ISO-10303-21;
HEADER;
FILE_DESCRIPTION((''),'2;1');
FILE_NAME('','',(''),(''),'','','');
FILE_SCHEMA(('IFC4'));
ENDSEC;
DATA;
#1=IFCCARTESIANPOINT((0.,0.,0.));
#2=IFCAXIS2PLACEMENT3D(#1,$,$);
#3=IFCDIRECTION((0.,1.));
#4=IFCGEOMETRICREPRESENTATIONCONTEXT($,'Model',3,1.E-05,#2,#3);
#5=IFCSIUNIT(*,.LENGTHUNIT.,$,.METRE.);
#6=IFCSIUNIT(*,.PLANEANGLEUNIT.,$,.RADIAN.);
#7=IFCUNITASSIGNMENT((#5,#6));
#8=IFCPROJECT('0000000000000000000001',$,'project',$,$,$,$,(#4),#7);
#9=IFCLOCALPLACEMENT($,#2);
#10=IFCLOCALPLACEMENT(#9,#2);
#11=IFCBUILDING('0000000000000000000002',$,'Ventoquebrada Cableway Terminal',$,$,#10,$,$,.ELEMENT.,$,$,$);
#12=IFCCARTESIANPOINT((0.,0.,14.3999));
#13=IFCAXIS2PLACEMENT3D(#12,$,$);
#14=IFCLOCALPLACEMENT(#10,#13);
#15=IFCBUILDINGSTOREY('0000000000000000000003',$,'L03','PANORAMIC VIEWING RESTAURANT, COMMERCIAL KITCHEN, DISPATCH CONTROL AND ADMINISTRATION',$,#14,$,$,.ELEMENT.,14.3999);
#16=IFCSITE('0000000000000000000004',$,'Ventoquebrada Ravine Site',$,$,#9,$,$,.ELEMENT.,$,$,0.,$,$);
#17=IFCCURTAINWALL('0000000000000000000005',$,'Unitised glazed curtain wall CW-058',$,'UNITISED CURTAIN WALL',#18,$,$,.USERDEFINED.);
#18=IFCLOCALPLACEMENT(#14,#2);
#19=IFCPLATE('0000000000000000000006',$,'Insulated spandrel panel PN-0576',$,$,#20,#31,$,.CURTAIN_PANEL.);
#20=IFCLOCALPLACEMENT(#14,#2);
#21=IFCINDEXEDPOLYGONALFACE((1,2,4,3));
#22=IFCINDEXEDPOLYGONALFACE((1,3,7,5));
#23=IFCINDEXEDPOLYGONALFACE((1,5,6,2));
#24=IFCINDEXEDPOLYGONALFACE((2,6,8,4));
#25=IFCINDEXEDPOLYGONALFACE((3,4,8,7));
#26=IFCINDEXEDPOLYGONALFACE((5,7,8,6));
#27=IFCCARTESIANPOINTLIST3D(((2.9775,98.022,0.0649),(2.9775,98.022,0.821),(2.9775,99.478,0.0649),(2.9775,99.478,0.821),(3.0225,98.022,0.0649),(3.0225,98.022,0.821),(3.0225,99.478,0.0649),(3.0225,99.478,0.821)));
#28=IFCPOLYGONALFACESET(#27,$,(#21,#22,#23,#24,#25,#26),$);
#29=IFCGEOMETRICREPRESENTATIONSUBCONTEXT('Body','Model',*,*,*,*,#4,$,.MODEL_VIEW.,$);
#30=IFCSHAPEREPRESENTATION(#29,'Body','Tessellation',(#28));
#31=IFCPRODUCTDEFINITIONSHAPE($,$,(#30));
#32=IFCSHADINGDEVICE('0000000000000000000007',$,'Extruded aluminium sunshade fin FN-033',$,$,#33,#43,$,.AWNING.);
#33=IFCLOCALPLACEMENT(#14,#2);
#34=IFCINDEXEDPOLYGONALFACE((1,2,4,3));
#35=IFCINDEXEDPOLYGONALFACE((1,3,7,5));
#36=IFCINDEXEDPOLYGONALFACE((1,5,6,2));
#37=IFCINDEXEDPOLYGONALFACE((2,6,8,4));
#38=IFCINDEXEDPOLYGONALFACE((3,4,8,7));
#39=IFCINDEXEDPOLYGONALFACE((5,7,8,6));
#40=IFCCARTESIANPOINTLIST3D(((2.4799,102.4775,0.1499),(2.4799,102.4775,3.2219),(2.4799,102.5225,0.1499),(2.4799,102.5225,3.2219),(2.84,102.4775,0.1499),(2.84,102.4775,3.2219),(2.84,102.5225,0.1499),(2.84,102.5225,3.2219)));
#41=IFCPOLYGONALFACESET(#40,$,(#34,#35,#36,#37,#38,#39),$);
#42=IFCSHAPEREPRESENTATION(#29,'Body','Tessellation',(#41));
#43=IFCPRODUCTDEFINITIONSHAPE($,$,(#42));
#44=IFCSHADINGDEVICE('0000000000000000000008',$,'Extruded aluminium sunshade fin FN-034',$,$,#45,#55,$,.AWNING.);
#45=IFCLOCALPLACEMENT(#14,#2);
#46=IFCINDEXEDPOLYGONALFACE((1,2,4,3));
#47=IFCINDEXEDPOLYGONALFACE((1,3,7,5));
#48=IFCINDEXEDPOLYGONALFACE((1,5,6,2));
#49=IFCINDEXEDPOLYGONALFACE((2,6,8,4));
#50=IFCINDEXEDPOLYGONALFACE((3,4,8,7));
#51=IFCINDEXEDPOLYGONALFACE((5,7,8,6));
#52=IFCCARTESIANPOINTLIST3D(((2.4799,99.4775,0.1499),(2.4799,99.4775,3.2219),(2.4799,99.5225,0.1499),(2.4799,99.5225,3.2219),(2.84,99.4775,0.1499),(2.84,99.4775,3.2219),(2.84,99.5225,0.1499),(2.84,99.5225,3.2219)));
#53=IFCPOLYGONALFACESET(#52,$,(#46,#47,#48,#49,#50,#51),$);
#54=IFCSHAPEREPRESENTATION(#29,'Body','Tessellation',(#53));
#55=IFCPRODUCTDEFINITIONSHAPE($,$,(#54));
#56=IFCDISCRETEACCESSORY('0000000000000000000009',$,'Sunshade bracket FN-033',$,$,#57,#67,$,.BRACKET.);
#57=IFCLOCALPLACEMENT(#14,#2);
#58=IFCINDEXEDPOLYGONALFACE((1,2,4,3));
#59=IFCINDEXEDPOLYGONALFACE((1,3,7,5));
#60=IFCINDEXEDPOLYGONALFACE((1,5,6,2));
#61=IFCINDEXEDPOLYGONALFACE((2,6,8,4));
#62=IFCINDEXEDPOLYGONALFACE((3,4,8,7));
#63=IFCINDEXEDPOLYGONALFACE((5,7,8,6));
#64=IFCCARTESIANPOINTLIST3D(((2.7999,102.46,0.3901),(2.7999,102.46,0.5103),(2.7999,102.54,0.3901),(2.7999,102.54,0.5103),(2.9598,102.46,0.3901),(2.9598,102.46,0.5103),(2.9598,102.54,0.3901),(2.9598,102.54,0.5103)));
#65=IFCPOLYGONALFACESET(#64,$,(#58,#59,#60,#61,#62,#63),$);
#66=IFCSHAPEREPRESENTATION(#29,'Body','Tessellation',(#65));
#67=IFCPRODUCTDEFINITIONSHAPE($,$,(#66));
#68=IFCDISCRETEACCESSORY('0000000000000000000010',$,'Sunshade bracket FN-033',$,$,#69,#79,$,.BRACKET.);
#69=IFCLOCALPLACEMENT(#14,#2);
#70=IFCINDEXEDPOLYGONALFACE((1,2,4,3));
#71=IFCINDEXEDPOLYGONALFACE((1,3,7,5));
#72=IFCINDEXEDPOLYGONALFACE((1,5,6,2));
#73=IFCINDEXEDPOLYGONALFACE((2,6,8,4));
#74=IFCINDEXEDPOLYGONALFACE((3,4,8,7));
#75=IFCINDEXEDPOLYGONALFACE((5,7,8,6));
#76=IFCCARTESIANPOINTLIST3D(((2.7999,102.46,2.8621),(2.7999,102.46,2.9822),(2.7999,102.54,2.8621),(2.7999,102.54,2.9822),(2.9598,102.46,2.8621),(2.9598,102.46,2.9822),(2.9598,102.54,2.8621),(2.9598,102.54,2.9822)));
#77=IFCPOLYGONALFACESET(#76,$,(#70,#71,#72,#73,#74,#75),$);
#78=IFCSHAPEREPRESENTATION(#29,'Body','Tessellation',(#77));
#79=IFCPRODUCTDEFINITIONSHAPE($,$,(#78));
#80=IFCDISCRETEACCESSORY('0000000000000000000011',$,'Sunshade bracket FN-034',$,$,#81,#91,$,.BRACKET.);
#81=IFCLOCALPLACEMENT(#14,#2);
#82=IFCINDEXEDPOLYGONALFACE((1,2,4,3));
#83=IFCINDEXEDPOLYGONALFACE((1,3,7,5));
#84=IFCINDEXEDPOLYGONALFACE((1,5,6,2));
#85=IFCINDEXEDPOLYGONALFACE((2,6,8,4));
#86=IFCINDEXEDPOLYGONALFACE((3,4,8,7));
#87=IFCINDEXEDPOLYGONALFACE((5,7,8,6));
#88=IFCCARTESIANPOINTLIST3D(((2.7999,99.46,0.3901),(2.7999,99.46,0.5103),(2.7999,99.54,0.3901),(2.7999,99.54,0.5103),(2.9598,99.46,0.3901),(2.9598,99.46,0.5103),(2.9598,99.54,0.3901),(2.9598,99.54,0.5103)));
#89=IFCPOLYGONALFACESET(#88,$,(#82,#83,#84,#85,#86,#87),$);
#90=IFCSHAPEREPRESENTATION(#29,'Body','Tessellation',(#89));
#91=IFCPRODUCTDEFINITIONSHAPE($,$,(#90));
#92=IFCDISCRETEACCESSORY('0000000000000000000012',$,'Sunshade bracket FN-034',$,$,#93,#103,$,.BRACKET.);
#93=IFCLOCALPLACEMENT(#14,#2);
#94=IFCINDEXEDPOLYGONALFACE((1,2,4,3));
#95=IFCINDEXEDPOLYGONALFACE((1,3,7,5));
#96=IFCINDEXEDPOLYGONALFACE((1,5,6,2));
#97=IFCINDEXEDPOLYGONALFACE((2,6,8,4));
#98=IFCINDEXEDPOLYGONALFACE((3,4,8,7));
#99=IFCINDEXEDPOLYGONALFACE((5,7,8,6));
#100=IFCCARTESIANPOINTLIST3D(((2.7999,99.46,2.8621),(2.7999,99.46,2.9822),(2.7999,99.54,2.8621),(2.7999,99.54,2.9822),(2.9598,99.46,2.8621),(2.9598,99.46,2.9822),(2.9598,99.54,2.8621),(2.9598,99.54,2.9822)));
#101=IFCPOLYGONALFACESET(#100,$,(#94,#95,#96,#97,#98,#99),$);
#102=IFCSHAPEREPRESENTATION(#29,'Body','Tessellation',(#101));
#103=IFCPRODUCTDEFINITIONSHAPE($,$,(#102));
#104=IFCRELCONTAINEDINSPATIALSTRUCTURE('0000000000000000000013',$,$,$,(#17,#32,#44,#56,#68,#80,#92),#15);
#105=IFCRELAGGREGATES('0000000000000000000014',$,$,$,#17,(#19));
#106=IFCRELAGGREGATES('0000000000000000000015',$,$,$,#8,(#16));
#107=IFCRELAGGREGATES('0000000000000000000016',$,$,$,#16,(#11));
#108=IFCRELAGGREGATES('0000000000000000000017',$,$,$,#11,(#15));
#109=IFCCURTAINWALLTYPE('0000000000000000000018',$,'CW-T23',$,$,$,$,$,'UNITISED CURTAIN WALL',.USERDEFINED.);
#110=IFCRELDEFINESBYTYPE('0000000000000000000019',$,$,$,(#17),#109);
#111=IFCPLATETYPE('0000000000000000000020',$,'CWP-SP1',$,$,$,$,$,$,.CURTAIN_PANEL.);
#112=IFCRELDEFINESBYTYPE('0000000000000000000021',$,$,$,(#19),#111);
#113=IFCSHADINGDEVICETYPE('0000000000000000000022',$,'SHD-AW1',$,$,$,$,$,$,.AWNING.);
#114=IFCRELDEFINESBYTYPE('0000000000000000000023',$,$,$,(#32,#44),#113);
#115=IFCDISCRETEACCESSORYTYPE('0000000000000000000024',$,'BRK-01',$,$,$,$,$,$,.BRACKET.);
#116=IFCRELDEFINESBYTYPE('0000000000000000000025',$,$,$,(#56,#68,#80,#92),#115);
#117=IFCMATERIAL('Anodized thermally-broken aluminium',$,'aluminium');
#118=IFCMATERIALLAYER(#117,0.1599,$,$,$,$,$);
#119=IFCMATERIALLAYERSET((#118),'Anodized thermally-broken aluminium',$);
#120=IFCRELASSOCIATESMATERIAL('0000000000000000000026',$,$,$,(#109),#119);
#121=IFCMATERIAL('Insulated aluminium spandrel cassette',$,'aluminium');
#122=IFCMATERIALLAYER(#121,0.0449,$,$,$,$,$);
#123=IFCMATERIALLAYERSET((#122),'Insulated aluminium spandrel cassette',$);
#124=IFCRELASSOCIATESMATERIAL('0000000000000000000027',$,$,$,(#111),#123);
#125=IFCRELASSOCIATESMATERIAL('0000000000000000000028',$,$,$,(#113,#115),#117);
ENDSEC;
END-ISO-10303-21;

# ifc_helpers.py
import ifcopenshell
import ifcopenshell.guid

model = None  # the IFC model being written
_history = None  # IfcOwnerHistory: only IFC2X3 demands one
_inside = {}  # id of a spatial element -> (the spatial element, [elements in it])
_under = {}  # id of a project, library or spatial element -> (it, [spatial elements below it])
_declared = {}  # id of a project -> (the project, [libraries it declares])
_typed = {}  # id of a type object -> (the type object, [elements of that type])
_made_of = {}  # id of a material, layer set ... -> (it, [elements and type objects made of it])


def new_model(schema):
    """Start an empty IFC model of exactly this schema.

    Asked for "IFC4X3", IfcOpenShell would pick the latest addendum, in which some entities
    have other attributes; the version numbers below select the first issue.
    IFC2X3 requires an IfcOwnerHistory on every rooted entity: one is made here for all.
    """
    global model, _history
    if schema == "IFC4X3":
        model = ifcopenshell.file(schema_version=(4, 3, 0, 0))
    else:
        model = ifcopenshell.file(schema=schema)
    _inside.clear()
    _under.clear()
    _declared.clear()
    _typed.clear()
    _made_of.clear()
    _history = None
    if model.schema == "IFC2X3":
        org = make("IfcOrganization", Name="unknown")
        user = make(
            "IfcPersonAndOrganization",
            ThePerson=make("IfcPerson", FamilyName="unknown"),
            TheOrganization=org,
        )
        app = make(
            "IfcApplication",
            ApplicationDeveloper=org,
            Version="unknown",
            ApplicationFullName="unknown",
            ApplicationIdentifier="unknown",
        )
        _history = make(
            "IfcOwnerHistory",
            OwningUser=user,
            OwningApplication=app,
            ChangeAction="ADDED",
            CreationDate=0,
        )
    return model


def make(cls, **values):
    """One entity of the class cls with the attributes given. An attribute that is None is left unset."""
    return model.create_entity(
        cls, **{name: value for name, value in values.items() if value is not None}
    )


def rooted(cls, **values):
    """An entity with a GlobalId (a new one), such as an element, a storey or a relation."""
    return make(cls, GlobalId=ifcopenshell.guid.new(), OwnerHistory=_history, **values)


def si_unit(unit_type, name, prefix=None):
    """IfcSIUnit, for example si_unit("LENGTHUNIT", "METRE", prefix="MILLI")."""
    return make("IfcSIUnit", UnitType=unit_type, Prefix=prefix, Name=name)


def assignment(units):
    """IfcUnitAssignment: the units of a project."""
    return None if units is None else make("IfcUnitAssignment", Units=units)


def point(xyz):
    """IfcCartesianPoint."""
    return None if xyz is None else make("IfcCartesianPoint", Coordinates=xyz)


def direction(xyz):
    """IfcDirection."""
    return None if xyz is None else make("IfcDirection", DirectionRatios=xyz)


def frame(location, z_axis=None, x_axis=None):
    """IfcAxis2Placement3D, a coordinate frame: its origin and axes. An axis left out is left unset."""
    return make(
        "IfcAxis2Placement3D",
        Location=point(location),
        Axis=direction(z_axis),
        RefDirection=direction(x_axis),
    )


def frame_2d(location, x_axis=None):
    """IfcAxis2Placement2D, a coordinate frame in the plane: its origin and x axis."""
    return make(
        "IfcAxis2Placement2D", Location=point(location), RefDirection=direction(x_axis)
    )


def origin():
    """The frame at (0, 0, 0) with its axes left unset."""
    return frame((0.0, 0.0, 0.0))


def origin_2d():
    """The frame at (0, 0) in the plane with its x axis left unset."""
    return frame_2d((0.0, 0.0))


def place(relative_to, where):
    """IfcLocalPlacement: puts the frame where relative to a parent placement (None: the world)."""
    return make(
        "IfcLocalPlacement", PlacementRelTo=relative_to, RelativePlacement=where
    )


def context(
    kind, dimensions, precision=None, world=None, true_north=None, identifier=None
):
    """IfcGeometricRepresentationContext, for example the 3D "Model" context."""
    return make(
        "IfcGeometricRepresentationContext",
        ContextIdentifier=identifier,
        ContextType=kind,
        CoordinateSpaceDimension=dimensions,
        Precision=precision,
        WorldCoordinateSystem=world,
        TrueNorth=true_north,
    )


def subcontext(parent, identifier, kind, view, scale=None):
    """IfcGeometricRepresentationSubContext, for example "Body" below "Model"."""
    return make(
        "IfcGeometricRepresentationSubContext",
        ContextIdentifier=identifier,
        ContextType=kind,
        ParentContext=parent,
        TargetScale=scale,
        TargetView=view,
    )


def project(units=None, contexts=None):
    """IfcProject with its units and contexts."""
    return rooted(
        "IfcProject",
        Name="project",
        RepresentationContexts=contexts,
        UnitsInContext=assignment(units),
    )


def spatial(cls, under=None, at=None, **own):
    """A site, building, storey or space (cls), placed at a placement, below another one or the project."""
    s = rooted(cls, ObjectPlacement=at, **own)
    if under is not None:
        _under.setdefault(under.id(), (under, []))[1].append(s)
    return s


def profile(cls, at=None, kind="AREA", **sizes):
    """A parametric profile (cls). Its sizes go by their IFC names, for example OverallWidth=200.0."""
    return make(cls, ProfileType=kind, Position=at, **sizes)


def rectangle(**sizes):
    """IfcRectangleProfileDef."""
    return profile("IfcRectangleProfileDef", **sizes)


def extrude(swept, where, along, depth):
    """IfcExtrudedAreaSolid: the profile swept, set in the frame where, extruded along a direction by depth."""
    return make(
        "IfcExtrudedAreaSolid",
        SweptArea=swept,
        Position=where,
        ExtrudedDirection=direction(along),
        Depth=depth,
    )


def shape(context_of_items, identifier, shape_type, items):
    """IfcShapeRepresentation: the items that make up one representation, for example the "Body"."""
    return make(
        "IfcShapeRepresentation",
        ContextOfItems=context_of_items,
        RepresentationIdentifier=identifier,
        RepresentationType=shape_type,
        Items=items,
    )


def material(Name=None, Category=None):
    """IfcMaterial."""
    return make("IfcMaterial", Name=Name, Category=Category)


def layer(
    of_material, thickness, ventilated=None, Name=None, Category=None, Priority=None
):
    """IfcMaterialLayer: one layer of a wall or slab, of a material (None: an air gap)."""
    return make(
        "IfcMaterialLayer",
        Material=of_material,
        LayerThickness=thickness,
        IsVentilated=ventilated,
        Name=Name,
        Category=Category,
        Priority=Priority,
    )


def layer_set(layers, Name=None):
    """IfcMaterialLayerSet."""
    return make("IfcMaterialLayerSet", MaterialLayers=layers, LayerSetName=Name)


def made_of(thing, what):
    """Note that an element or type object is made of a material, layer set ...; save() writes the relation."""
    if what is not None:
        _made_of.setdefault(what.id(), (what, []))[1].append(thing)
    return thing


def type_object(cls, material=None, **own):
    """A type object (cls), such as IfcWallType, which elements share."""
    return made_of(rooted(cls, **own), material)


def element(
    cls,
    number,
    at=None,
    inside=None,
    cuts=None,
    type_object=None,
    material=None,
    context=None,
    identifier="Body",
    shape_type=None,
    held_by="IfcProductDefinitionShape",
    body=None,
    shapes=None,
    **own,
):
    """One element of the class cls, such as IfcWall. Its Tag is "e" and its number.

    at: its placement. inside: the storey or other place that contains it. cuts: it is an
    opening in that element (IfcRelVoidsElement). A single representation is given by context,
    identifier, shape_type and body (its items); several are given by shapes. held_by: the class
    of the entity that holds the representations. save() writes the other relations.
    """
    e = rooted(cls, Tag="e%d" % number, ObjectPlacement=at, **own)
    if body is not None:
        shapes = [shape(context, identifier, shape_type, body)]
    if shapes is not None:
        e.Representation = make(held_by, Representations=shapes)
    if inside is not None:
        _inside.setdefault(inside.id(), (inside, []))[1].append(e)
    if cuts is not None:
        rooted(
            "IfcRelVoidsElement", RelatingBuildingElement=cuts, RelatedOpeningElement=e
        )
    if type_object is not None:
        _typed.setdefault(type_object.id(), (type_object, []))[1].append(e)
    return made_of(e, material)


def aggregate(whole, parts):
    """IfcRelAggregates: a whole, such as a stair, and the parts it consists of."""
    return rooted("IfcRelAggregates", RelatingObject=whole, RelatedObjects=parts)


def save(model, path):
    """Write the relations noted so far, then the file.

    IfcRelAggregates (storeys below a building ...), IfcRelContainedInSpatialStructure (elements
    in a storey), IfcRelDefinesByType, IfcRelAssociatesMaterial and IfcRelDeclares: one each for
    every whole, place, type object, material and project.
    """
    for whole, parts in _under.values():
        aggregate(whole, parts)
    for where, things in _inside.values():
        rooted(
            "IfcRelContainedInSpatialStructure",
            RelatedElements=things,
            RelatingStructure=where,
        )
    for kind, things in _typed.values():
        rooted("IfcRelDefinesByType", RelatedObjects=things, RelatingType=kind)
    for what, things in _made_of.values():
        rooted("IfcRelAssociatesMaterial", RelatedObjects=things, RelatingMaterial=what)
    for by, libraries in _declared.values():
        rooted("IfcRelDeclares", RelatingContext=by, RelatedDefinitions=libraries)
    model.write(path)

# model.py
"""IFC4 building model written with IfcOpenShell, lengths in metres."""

from ifc_helpers import new_model, si_unit, direction, frame, origin, origin_2d, place, context, subcontext, project, spatial, rectangle, extrude, material, layer, layer_set, type_object, element, aggregate, save


model = new_model("IFC4")

# Units and contexts
model_context = context("Model", 3, precision=1e-05, world=origin(), true_north=direction((0.0, 1.0)))
body_context = subcontext(model_context, "Body", "Model", "MODEL_VIEW")
ifc_project = project(units=[si_unit("LENGTHUNIT", "METRE"), si_unit("PLANEANGLEUNIT", "RADIAN")], contexts=[model_context])

# Site, building, storey
site_placement = place(None, origin())
site = spatial("IfcSite", under=ifc_project, at=site_placement, Name="Ventoquebrada Ravine Site", CompositionType="ELEMENT", RefElevation=0.0)
building_placement = place(site_placement, origin())
building = spatial("IfcBuilding", under=site, at=building_placement, Name="Ventoquebrada Cableway Terminal", CompositionType="ELEMENT")
storey_placement = place(building_placement, frame((0.0, 0.0, 14.3999)))
storey = spatial("IfcBuildingStorey", under=building, at=storey_placement, Name="L03", Description="PANORAMIC VIEWING RESTAURANT, COMMERCIAL KITCHEN, DISPATCH CONTROL AND ADMINISTRATION", CompositionType="ELEMENT", Elevation=14.3999)

# Curtain wall
ifc_material_1 = material(Name="Anodized thermally-broken aluminium", Category="aluminium")
ifc_layer_1 = layer(ifc_material_1, 0.1599)
ifc_layer_set_1 = layer_set([ifc_layer_1], Name="Anodized thermally-broken aluminium")
curtain_wall_type = type_object("IfcCurtainWallType", Name="CW-T23", ElementType="UNITISED CURTAIN WALL", PredefinedType="USERDEFINED", material=ifc_layer_set_1)
curtain_wall_placement = place(storey_placement, origin())
curtain_wall = element("IfcCurtainWall", 1, at=curtain_wall_placement, inside=storey, type_object=curtain_wall_type, Name="Unitised glazed curtain wall CW-058", ObjectType="UNITISED CURTAIN WALL", PredefinedType="USERDEFINED")

# Plate
ifc_material_2 = material(Name="Insulated aluminium spandrel cassette", Category="aluminium")
ifc_layer_2 = layer(ifc_material_2, 0.0449)
ifc_layer_set_2 = layer_set([ifc_layer_2], Name="Insulated aluminium spandrel cassette")
plate_type_1 = type_object("IfcPlateType", Name="CWP-SP1", PredefinedType="CURTAIN_PANEL", material=ifc_layer_set_2)
plate_1_placement = place(storey_placement, frame((3.0, 98.75, 0.0649), z_axis=(0.0, 0.0, 1.0), x_axis=(0.0, -1.0, 0.0)))
plate_1 = element("IfcPlate", 2, at=plate_1_placement, type_object=plate_type_1, Name="Insulated spandrel panel PN-0576", PredefinedType="CURTAIN_PANEL", context=body_context, shape_type="SweptSolid", body=[
    extrude(rectangle(XDim=1.4561, YDim=0.0449, at=origin_2d()), origin(), (0.0, 0.0, 1.0), 0.7561),
])
aggregate(curtain_wall, [plate_1])

# Shading devices
shading_device_type = type_object("IfcShadingDeviceType", Name="SHD-AW1", PredefinedType="AWNING", material=ifc_material_1)
for number, where, z_axis, x_axis, name in (
    (3, (2.6599, 102.5, 0.1499), (0.0, 0.0, 1.0), (0.0, -1.0, 0.0), "Extruded aluminium sunshade fin FN-033"),
    (4, (2.6599, 99.5, 0.1499), (0.0, 0.0, 1.0), (0.0, -1.0, 0.0), "Extruded aluminium sunshade fin FN-034"),
):
    element("IfcShadingDevice", number, at=place(storey_placement, frame(where, z_axis=z_axis, x_axis=x_axis)), inside=storey, type_object=shading_device_type, Name=name, PredefinedType="AWNING", context=body_context, shape_type="SweptSolid", body=[
        extrude(rectangle(XDim=0.0449, YDim=0.3601, at=origin_2d()), origin(), (0.0, 0.0, 1.0), 3.072),
    ])

# Discrete accessories
discrete_accessory_type = type_object("IfcDiscreteAccessoryType", Name="BRK-01", PredefinedType="BRACKET", material=ifc_material_1)
for number, where, z_axis, x_axis, name in (
    (5, (2.8799, 102.5, 0.3901), (0.0, 0.0, 1.0), (0.0, -1.0, 0.0), "Sunshade bracket FN-033"),
    (6, (2.8799, 102.5, 2.8621), (0.0, 0.0, 1.0), (0.0, -1.0, 0.0), "Sunshade bracket FN-033"),
    (7, (2.8799, 99.5, 0.3901), (0.0, 0.0, 1.0), (0.0, -1.0, 0.0), "Sunshade bracket FN-034"),
    (8, (2.8799, 99.5, 2.8621), (0.0, 0.0, 1.0), (0.0, -1.0, 0.0), "Sunshade bracket FN-034"),
):
    element("IfcDiscreteAccessory", number, at=place(storey_placement, frame(where, z_axis=z_axis, x_axis=x_axis)), inside=storey, type_object=discrete_accessory_type, Name=name, PredefinedType="BRACKET", context=body_context, shape_type="SweptSolid", body=[
        extrude(rectangle(XDim=0.0801, YDim=0.1599, at=origin_2d()), origin(), (0.0, 0.0, 1.0), 0.1201),
    ])

save(model, "model.ifc")
